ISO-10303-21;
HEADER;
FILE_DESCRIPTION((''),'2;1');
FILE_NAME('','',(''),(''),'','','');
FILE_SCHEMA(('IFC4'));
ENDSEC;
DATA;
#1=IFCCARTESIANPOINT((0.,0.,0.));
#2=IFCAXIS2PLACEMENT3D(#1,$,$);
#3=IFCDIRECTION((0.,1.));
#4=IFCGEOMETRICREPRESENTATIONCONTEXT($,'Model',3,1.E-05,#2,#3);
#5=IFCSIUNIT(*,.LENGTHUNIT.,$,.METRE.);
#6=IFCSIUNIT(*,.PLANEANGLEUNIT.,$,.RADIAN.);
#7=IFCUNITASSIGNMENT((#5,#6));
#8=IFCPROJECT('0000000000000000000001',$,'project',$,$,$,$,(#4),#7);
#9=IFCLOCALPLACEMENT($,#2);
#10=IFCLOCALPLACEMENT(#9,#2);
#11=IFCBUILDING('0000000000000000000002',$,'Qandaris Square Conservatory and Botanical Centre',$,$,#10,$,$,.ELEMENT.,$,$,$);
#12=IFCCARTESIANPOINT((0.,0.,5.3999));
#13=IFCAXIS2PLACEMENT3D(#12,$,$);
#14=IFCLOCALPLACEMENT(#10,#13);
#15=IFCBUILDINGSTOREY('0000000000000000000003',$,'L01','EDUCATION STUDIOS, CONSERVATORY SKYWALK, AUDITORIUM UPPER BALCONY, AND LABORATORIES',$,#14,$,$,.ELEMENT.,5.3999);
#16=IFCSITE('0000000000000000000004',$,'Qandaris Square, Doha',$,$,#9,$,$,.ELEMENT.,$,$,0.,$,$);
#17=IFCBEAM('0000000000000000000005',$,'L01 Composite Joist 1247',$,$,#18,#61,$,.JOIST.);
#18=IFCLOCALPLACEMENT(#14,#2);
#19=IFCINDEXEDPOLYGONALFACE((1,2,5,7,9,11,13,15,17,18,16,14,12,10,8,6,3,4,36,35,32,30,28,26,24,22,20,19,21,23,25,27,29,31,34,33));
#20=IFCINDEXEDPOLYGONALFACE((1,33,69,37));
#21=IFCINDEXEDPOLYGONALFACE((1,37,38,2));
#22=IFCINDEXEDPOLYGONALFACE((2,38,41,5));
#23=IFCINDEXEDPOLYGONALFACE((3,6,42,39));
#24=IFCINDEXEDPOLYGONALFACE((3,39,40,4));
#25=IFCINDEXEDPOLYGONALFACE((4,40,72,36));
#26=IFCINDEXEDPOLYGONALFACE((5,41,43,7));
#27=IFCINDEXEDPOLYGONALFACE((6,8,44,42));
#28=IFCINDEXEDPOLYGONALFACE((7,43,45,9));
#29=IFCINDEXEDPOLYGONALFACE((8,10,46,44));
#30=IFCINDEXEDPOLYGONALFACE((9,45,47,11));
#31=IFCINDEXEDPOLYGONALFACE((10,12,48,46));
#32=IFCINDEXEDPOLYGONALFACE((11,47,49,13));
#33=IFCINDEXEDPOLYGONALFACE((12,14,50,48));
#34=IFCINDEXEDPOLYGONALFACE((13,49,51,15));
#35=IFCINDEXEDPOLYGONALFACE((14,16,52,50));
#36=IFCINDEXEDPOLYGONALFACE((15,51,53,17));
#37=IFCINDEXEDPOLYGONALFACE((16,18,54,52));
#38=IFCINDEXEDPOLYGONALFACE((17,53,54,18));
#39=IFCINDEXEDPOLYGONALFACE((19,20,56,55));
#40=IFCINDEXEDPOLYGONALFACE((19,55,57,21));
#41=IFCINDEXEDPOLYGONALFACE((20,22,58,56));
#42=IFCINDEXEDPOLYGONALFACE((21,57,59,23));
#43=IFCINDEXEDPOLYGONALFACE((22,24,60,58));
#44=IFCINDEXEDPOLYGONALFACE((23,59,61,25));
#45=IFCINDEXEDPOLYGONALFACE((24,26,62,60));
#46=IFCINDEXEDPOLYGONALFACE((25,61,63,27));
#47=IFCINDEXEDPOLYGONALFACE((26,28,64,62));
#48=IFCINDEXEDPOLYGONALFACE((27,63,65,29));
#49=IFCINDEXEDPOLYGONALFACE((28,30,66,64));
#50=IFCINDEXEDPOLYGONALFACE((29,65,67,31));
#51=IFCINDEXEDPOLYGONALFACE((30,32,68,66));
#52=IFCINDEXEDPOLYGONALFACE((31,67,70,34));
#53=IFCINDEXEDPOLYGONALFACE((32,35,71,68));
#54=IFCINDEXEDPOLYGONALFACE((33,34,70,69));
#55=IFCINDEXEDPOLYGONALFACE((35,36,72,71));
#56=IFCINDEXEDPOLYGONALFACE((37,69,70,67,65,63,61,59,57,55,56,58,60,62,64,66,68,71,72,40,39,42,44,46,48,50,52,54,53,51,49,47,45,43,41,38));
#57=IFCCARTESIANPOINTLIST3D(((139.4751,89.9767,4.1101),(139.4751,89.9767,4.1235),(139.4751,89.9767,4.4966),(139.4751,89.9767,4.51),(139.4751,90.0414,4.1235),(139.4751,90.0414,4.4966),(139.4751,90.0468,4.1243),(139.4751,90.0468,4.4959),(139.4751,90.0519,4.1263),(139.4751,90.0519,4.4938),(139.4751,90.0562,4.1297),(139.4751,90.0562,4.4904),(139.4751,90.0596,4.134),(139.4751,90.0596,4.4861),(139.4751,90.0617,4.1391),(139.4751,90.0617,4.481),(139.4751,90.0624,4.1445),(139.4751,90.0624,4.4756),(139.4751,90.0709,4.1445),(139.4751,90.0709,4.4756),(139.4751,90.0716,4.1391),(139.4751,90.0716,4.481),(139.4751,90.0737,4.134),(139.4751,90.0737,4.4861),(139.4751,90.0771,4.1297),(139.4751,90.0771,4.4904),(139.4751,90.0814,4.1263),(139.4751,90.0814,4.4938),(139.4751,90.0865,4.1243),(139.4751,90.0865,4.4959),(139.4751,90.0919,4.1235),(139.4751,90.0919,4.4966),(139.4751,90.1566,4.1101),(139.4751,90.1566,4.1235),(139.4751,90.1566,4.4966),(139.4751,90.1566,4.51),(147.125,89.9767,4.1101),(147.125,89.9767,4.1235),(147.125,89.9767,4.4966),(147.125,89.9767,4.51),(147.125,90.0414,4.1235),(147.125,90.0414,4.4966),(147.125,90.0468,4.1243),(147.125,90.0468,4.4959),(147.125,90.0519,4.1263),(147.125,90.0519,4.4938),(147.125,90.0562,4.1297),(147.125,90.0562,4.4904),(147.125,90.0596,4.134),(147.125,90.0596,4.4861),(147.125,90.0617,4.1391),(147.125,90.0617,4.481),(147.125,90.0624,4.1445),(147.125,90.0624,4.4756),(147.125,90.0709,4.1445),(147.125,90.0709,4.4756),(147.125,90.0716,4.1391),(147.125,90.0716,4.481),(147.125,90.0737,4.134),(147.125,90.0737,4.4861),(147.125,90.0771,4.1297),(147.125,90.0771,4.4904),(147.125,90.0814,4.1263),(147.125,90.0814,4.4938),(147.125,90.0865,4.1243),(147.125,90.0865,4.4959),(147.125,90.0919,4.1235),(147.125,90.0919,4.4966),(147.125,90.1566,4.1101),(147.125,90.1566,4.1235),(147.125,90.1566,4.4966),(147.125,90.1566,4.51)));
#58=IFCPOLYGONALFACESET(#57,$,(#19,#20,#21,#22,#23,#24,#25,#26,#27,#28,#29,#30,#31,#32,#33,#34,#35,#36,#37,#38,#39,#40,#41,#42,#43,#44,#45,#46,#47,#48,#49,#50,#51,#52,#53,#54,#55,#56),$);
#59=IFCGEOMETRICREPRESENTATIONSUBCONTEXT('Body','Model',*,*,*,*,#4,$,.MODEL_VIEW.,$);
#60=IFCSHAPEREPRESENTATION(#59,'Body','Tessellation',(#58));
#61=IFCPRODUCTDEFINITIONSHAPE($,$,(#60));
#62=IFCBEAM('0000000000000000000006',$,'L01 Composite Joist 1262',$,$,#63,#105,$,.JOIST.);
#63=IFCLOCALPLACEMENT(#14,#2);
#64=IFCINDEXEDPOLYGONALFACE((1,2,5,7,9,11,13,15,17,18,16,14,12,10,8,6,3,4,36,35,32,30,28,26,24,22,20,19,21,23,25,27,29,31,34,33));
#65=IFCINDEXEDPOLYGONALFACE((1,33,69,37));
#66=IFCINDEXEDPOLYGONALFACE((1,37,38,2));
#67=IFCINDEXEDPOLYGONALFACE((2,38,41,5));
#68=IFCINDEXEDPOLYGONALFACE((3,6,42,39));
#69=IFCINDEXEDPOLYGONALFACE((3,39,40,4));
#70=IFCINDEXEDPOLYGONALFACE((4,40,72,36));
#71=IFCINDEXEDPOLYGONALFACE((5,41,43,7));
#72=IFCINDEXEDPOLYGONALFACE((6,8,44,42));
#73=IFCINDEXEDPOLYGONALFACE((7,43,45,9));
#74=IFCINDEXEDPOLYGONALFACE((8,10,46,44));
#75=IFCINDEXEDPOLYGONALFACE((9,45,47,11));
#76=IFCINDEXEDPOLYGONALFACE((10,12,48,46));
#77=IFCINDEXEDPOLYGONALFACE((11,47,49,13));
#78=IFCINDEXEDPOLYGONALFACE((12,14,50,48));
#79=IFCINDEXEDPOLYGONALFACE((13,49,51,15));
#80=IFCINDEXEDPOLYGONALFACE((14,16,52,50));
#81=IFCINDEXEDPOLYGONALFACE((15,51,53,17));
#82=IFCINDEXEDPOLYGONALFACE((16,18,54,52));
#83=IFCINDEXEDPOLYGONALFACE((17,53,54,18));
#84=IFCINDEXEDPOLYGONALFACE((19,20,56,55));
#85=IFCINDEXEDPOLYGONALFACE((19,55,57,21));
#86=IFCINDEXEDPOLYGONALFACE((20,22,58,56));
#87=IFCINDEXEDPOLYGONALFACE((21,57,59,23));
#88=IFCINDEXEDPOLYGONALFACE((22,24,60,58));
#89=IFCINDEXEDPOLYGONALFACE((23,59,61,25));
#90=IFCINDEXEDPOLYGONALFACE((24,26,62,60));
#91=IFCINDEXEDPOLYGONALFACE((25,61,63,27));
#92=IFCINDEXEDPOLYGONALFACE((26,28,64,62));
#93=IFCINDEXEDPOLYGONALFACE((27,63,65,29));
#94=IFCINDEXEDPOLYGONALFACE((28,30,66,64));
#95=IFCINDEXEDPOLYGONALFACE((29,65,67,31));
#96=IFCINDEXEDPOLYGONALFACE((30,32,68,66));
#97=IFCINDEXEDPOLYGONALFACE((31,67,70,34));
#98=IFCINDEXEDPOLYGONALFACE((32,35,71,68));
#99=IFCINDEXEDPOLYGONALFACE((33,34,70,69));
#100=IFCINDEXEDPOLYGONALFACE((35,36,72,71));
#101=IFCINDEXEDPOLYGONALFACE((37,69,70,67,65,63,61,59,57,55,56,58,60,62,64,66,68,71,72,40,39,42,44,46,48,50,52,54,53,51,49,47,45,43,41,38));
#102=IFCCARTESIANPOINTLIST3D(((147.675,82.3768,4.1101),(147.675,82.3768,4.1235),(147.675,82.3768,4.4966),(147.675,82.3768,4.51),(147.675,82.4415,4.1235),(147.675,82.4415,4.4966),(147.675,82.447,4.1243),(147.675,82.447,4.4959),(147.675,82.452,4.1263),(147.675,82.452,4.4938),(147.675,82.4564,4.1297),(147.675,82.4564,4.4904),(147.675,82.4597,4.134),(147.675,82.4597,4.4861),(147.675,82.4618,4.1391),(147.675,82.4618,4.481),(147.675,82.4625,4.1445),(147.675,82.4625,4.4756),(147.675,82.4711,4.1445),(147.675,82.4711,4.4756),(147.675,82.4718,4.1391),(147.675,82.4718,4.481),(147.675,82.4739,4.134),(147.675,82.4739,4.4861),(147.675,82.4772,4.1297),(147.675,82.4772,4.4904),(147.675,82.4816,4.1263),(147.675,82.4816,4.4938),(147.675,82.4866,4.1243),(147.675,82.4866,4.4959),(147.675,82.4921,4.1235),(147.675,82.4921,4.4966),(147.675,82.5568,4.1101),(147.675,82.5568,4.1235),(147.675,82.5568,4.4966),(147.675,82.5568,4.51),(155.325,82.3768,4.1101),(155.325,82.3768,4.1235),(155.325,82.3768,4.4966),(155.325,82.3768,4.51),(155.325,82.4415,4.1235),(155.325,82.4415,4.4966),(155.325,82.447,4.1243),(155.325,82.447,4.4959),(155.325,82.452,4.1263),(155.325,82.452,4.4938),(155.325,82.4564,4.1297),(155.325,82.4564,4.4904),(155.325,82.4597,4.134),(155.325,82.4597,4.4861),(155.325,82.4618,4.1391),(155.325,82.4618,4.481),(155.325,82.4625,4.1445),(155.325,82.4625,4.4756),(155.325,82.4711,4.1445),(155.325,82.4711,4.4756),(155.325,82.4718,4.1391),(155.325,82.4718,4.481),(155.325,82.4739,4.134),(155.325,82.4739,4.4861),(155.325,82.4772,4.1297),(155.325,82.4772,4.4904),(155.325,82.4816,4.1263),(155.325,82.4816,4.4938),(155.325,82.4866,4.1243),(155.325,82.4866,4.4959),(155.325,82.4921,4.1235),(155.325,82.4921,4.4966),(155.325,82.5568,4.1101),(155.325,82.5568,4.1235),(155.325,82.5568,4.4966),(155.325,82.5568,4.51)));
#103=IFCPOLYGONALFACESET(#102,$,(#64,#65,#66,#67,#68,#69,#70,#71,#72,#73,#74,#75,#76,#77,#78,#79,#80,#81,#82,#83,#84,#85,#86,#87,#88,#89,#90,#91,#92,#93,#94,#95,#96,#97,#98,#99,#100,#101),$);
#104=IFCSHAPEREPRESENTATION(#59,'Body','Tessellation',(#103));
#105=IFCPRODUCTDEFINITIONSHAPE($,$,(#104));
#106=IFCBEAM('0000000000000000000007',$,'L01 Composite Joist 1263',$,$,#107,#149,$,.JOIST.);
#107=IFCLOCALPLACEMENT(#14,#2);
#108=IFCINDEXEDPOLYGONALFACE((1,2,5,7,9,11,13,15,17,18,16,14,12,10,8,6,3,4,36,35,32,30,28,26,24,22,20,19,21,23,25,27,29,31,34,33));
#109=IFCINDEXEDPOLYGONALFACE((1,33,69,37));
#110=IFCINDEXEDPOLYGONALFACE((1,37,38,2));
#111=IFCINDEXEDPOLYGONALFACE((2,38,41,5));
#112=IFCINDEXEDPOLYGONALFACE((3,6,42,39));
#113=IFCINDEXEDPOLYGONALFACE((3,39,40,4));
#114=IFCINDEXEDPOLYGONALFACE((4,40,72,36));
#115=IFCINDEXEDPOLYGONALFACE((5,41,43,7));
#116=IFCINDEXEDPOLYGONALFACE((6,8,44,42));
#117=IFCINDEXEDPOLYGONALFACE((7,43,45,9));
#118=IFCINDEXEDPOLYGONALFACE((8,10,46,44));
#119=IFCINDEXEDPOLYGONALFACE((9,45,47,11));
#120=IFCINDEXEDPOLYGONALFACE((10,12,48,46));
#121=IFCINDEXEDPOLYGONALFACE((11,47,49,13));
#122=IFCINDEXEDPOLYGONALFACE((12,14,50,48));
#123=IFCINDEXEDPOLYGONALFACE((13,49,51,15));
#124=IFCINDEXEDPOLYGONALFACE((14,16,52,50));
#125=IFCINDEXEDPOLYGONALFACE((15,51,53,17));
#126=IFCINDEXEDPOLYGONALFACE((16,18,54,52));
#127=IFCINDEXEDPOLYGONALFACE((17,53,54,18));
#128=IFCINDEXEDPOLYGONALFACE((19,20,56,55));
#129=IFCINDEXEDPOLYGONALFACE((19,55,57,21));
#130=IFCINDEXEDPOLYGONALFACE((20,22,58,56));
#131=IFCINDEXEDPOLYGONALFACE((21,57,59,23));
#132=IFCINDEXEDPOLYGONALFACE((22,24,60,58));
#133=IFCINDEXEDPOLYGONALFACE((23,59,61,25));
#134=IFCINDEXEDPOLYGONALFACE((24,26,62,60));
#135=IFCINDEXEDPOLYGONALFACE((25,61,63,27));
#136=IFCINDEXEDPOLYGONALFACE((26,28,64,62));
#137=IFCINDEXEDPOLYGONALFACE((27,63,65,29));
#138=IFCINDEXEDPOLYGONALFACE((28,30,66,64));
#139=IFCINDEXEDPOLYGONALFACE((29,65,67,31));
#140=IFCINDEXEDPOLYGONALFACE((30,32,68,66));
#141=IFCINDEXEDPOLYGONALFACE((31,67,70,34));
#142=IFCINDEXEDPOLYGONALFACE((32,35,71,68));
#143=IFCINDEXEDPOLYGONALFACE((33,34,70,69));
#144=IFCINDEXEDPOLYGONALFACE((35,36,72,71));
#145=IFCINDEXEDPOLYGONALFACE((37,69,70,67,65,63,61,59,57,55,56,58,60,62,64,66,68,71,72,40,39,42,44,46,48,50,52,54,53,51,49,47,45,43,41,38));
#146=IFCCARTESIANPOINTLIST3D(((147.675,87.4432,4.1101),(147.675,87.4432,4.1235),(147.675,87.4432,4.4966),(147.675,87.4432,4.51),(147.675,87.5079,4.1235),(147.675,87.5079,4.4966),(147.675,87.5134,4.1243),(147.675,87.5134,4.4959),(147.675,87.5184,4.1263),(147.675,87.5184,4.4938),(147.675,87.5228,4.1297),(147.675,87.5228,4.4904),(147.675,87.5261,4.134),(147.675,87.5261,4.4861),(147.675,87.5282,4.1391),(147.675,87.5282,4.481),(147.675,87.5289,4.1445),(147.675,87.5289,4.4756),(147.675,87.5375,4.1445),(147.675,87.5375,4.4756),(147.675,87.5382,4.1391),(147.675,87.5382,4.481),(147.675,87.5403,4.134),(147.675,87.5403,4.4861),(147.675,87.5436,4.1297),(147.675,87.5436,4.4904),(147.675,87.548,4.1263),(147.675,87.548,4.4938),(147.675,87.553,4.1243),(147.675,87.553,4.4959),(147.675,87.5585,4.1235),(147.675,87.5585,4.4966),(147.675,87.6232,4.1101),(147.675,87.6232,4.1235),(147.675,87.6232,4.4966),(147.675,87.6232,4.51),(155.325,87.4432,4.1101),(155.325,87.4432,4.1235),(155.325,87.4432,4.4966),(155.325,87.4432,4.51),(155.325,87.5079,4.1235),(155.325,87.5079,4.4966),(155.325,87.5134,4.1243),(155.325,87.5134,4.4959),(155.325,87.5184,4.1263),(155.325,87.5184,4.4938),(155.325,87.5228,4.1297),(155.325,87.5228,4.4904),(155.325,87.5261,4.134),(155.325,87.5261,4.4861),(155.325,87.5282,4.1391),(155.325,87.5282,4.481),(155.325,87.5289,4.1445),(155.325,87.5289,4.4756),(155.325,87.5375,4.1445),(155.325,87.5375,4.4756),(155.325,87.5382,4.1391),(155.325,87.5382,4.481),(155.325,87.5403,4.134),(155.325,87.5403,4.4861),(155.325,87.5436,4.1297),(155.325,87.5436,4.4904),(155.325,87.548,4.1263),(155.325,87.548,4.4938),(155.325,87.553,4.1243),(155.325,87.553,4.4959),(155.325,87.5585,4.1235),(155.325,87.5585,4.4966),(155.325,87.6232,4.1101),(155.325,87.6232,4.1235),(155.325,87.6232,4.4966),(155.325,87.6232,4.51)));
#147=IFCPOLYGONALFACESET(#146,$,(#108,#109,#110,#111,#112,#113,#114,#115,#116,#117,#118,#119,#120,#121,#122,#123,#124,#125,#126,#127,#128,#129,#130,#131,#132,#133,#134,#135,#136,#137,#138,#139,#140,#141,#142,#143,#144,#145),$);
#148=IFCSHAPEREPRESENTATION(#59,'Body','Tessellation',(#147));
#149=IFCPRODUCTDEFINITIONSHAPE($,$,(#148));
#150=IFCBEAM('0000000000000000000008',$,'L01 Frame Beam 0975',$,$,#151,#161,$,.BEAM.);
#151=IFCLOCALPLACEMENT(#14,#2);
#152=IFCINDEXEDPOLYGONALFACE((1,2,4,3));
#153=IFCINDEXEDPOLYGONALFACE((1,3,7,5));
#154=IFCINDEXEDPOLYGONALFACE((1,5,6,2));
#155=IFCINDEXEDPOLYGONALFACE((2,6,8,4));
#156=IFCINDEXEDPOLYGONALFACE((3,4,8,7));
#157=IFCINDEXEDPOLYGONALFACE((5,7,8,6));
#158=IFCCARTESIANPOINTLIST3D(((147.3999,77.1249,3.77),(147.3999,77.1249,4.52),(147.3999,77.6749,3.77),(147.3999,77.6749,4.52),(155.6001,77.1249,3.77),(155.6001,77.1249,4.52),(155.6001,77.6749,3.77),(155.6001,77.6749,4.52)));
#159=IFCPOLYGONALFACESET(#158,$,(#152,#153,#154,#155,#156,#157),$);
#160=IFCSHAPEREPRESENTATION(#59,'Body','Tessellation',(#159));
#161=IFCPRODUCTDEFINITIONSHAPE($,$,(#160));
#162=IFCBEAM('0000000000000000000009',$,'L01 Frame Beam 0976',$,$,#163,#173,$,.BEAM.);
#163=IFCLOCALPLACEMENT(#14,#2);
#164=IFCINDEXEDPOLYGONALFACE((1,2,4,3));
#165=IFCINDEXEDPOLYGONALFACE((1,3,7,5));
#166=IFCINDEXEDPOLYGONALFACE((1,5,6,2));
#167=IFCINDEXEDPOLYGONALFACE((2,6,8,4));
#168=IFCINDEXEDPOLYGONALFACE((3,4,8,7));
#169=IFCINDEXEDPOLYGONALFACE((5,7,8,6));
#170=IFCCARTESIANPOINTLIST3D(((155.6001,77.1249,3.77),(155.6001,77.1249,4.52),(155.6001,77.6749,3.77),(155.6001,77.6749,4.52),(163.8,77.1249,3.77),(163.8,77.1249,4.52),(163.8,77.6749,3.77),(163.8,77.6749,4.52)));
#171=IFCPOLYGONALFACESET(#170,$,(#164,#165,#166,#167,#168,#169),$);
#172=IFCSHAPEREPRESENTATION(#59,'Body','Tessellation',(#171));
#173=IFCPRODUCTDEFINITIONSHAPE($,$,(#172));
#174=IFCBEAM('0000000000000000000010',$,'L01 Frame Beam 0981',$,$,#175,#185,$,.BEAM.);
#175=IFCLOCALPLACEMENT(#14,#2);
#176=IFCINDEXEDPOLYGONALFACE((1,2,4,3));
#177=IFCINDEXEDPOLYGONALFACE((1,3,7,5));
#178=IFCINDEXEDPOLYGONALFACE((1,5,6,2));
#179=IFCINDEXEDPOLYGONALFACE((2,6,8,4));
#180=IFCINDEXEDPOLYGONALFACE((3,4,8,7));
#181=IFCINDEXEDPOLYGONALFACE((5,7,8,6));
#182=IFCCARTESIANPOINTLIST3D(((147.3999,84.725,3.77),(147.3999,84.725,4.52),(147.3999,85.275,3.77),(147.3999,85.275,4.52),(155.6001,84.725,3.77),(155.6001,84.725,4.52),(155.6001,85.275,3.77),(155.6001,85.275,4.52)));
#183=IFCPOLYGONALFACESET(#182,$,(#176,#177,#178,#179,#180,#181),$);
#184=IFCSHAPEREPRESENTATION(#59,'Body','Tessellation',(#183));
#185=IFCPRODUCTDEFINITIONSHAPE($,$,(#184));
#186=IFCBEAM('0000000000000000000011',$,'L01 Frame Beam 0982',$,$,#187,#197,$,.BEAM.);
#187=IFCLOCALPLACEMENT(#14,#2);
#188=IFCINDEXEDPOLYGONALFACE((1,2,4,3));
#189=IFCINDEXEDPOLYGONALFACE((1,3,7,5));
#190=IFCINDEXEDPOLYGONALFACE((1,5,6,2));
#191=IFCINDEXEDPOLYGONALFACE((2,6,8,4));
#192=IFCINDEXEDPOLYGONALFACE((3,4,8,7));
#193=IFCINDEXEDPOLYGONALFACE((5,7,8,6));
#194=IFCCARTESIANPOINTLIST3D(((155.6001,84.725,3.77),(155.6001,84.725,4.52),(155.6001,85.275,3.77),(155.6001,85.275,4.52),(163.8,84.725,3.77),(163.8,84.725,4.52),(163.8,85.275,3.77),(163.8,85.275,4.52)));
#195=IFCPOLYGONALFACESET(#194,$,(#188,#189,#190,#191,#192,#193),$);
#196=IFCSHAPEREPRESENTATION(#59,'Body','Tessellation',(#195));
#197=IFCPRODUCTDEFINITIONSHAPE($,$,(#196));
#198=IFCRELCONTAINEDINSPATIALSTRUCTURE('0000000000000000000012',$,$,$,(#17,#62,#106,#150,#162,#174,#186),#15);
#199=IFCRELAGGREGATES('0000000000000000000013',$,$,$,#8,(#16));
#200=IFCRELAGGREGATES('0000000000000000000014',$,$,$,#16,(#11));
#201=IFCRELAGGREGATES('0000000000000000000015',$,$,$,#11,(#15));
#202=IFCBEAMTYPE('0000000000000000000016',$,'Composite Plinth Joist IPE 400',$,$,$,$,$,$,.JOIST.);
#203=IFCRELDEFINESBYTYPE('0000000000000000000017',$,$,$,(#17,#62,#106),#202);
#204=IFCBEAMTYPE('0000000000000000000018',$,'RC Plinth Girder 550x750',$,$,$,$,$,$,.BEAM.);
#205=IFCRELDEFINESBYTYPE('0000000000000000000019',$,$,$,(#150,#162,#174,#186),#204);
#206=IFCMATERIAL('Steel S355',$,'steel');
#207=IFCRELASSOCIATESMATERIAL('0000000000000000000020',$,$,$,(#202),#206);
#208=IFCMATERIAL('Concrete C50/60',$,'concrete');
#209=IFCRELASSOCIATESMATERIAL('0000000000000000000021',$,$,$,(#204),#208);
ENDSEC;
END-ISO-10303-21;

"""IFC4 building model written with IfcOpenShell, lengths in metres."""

from ifc_helpers import new_model, si_unit, direction, frame, origin, origin_2d, place, context, subcontext, project, spatial, rectangle, i_section, extrude, material, material_profile, profile_set, type_object, element, save


model = new_model("IFC4")

# Units and contexts
model_context = context("Model", 3, precision=1e-05, world=origin(), true_north=direction((0.0, 1.0)))
body_context = subcontext(model_context, "Body", "Model", "MODEL_VIEW")
ifc_project = project(units=[si_unit("LENGTHUNIT", "METRE"), si_unit("PLANEANGLEUNIT", "RADIAN")], contexts=[model_context])

# Site, building, storey
site_placement = place(None, origin())
site = spatial("IfcSite", under=ifc_project, at=site_placement, Name="Qandaris Square, Doha", CompositionType="ELEMENT", RefElevation=0.0)
building_placement = place(site_placement, origin())
building = spatial("IfcBuilding", under=site, at=building_placement, Name="Qandaris Square Conservatory and Botanical Centre", CompositionType="ELEMENT")
storey_placement = place(building_placement, frame((0.0, 0.0, 5.3999)))
storey = spatial("IfcBuildingStorey", under=building, at=storey_placement, Name="L01", Description="EDUCATION STUDIOS, CONSERVATORY SKYWALK, AUDITORIUM UPPER BALCONY, AND LABORATORIES", CompositionType="ELEMENT", Elevation=5.3999)

# Shared definitions
ifc_material_1 = material(Name="Concrete C50/60", Category="concrete")

# Beams
ifc_material_2 = material(Name="Steel S355", Category="steel")
ifc_material_profile_1 = material_profile(ifc_material_2, i_section(OverallWidth=0.1799, OverallDepth=0.3999, WebThickness=0.0085, FlangeThickness=0.0134, FilletRadius=0.021, at=origin_2d()), Name="IPE 400")
ifc_profile_set_1 = profile_set([ifc_material_profile_1], Name="Steel S355")
beam_type_1 = type_object("IfcBeamType", Name="Composite Plinth Joist IPE 400", PredefinedType="JOIST", material=ifc_profile_set_1)
for number, where, z_axis, x_axis, name in (
    (1, (139.4751, 90.0667, 4.3101), (1.0, 0.0, 0.0), (0.0, 1.0, 0.0), "L01 Composite Joist 1247"),
    (2, (147.675, 82.4668, 4.3101), (1.0, 0.0, 0.0), (0.0, 1.0, 0.0), "L01 Composite Joist 1262"),
    (3, (147.675, 87.5332, 4.3101), (1.0, 0.0, 0.0), (0.0, 1.0, 0.0), "L01 Composite Joist 1263"),
):
    element("IfcBeam", number, at=place(storey_placement, frame(where, z_axis=z_axis, x_axis=x_axis)), inside=storey, type_object=beam_type_1, Name=name, PredefinedType="JOIST", context=body_context, shape_type="SweptSolid", body=[
        extrude(i_section(OverallWidth=0.1799, OverallDepth=0.3999, WebThickness=0.0085, FlangeThickness=0.0134, FilletRadius=0.021, at=origin_2d()), origin(), (0.0, 0.0, 1.0), 7.6499),
    ])
ifc_material_profile_2 = material_profile(ifc_material_1, rectangle(XDim=0.55, YDim=0.75, at=origin_2d()), Name="RC-BM 550x750")
ifc_profile_set_2 = profile_set([ifc_material_profile_2], Name="Concrete C50/60")
beam_type_2 = type_object("IfcBeamType", Name="RC Plinth Girder 550x750", PredefinedType="BEAM", material=ifc_profile_set_2)
beam_1_placement = place(storey_placement, frame((147.3999, 77.3999, 4.145), z_axis=(1.0, 0.0, 0.0), x_axis=(0.0, 1.0, 0.0)))
element("IfcBeam", 4, at=beam_1_placement, inside=storey, type_object=beam_type_2, Name="L01 Frame Beam 0975", PredefinedType="BEAM", context=body_context, shape_type="SweptSolid", body=[
    extrude(rectangle(XDim=0.55, YDim=0.75, at=origin_2d()), origin(), (0.0, 0.0, 1.0), 8.2002),
])
beam_2_placement = place(storey_placement, frame((155.6001, 77.3999, 4.145), z_axis=(1.0, 0.0, 0.0), x_axis=(0.0, 1.0, 0.0)))
element("IfcBeam", 5, at=beam_2_placement, inside=storey, type_object=beam_type_2, Name="L01 Frame Beam 0976", PredefinedType="BEAM", context=body_context, shape_type="SweptSolid", body=[
    extrude(rectangle(XDim=0.55, YDim=0.75, at=origin_2d()), origin(), (0.0, 0.0, 1.0), 8.2),
])
beam_3_placement = place(storey_placement, frame((147.3999, 85.0, 4.145), z_axis=(1.0, 0.0, 0.0), x_axis=(0.0, 1.0, 0.0)))
element("IfcBeam", 6, at=beam_3_placement, inside=storey, type_object=beam_type_2, Name="L01 Frame Beam 0981", PredefinedType="BEAM", context=body_context, shape_type="SweptSolid", body=[
    extrude(rectangle(XDim=0.55, YDim=0.75, at=origin_2d()), origin(), (0.0, 0.0, 1.0), 8.2002),
])
beam_4_placement = place(storey_placement, frame((155.6001, 85.0, 4.145), z_axis=(1.0, 0.0, 0.0), x_axis=(0.0, 1.0, 0.0)))
element("IfcBeam", 7, at=beam_4_placement, inside=storey, type_object=beam_type_2, Name="L01 Frame Beam 0982", PredefinedType="BEAM", context=body_context, shape_type="SweptSolid", body=[
    extrude(rectangle(XDim=0.55, YDim=0.75, at=origin_2d()), origin(), (0.0, 0.0, 1.0), 8.2),
])

save(model, "model.ifc")
